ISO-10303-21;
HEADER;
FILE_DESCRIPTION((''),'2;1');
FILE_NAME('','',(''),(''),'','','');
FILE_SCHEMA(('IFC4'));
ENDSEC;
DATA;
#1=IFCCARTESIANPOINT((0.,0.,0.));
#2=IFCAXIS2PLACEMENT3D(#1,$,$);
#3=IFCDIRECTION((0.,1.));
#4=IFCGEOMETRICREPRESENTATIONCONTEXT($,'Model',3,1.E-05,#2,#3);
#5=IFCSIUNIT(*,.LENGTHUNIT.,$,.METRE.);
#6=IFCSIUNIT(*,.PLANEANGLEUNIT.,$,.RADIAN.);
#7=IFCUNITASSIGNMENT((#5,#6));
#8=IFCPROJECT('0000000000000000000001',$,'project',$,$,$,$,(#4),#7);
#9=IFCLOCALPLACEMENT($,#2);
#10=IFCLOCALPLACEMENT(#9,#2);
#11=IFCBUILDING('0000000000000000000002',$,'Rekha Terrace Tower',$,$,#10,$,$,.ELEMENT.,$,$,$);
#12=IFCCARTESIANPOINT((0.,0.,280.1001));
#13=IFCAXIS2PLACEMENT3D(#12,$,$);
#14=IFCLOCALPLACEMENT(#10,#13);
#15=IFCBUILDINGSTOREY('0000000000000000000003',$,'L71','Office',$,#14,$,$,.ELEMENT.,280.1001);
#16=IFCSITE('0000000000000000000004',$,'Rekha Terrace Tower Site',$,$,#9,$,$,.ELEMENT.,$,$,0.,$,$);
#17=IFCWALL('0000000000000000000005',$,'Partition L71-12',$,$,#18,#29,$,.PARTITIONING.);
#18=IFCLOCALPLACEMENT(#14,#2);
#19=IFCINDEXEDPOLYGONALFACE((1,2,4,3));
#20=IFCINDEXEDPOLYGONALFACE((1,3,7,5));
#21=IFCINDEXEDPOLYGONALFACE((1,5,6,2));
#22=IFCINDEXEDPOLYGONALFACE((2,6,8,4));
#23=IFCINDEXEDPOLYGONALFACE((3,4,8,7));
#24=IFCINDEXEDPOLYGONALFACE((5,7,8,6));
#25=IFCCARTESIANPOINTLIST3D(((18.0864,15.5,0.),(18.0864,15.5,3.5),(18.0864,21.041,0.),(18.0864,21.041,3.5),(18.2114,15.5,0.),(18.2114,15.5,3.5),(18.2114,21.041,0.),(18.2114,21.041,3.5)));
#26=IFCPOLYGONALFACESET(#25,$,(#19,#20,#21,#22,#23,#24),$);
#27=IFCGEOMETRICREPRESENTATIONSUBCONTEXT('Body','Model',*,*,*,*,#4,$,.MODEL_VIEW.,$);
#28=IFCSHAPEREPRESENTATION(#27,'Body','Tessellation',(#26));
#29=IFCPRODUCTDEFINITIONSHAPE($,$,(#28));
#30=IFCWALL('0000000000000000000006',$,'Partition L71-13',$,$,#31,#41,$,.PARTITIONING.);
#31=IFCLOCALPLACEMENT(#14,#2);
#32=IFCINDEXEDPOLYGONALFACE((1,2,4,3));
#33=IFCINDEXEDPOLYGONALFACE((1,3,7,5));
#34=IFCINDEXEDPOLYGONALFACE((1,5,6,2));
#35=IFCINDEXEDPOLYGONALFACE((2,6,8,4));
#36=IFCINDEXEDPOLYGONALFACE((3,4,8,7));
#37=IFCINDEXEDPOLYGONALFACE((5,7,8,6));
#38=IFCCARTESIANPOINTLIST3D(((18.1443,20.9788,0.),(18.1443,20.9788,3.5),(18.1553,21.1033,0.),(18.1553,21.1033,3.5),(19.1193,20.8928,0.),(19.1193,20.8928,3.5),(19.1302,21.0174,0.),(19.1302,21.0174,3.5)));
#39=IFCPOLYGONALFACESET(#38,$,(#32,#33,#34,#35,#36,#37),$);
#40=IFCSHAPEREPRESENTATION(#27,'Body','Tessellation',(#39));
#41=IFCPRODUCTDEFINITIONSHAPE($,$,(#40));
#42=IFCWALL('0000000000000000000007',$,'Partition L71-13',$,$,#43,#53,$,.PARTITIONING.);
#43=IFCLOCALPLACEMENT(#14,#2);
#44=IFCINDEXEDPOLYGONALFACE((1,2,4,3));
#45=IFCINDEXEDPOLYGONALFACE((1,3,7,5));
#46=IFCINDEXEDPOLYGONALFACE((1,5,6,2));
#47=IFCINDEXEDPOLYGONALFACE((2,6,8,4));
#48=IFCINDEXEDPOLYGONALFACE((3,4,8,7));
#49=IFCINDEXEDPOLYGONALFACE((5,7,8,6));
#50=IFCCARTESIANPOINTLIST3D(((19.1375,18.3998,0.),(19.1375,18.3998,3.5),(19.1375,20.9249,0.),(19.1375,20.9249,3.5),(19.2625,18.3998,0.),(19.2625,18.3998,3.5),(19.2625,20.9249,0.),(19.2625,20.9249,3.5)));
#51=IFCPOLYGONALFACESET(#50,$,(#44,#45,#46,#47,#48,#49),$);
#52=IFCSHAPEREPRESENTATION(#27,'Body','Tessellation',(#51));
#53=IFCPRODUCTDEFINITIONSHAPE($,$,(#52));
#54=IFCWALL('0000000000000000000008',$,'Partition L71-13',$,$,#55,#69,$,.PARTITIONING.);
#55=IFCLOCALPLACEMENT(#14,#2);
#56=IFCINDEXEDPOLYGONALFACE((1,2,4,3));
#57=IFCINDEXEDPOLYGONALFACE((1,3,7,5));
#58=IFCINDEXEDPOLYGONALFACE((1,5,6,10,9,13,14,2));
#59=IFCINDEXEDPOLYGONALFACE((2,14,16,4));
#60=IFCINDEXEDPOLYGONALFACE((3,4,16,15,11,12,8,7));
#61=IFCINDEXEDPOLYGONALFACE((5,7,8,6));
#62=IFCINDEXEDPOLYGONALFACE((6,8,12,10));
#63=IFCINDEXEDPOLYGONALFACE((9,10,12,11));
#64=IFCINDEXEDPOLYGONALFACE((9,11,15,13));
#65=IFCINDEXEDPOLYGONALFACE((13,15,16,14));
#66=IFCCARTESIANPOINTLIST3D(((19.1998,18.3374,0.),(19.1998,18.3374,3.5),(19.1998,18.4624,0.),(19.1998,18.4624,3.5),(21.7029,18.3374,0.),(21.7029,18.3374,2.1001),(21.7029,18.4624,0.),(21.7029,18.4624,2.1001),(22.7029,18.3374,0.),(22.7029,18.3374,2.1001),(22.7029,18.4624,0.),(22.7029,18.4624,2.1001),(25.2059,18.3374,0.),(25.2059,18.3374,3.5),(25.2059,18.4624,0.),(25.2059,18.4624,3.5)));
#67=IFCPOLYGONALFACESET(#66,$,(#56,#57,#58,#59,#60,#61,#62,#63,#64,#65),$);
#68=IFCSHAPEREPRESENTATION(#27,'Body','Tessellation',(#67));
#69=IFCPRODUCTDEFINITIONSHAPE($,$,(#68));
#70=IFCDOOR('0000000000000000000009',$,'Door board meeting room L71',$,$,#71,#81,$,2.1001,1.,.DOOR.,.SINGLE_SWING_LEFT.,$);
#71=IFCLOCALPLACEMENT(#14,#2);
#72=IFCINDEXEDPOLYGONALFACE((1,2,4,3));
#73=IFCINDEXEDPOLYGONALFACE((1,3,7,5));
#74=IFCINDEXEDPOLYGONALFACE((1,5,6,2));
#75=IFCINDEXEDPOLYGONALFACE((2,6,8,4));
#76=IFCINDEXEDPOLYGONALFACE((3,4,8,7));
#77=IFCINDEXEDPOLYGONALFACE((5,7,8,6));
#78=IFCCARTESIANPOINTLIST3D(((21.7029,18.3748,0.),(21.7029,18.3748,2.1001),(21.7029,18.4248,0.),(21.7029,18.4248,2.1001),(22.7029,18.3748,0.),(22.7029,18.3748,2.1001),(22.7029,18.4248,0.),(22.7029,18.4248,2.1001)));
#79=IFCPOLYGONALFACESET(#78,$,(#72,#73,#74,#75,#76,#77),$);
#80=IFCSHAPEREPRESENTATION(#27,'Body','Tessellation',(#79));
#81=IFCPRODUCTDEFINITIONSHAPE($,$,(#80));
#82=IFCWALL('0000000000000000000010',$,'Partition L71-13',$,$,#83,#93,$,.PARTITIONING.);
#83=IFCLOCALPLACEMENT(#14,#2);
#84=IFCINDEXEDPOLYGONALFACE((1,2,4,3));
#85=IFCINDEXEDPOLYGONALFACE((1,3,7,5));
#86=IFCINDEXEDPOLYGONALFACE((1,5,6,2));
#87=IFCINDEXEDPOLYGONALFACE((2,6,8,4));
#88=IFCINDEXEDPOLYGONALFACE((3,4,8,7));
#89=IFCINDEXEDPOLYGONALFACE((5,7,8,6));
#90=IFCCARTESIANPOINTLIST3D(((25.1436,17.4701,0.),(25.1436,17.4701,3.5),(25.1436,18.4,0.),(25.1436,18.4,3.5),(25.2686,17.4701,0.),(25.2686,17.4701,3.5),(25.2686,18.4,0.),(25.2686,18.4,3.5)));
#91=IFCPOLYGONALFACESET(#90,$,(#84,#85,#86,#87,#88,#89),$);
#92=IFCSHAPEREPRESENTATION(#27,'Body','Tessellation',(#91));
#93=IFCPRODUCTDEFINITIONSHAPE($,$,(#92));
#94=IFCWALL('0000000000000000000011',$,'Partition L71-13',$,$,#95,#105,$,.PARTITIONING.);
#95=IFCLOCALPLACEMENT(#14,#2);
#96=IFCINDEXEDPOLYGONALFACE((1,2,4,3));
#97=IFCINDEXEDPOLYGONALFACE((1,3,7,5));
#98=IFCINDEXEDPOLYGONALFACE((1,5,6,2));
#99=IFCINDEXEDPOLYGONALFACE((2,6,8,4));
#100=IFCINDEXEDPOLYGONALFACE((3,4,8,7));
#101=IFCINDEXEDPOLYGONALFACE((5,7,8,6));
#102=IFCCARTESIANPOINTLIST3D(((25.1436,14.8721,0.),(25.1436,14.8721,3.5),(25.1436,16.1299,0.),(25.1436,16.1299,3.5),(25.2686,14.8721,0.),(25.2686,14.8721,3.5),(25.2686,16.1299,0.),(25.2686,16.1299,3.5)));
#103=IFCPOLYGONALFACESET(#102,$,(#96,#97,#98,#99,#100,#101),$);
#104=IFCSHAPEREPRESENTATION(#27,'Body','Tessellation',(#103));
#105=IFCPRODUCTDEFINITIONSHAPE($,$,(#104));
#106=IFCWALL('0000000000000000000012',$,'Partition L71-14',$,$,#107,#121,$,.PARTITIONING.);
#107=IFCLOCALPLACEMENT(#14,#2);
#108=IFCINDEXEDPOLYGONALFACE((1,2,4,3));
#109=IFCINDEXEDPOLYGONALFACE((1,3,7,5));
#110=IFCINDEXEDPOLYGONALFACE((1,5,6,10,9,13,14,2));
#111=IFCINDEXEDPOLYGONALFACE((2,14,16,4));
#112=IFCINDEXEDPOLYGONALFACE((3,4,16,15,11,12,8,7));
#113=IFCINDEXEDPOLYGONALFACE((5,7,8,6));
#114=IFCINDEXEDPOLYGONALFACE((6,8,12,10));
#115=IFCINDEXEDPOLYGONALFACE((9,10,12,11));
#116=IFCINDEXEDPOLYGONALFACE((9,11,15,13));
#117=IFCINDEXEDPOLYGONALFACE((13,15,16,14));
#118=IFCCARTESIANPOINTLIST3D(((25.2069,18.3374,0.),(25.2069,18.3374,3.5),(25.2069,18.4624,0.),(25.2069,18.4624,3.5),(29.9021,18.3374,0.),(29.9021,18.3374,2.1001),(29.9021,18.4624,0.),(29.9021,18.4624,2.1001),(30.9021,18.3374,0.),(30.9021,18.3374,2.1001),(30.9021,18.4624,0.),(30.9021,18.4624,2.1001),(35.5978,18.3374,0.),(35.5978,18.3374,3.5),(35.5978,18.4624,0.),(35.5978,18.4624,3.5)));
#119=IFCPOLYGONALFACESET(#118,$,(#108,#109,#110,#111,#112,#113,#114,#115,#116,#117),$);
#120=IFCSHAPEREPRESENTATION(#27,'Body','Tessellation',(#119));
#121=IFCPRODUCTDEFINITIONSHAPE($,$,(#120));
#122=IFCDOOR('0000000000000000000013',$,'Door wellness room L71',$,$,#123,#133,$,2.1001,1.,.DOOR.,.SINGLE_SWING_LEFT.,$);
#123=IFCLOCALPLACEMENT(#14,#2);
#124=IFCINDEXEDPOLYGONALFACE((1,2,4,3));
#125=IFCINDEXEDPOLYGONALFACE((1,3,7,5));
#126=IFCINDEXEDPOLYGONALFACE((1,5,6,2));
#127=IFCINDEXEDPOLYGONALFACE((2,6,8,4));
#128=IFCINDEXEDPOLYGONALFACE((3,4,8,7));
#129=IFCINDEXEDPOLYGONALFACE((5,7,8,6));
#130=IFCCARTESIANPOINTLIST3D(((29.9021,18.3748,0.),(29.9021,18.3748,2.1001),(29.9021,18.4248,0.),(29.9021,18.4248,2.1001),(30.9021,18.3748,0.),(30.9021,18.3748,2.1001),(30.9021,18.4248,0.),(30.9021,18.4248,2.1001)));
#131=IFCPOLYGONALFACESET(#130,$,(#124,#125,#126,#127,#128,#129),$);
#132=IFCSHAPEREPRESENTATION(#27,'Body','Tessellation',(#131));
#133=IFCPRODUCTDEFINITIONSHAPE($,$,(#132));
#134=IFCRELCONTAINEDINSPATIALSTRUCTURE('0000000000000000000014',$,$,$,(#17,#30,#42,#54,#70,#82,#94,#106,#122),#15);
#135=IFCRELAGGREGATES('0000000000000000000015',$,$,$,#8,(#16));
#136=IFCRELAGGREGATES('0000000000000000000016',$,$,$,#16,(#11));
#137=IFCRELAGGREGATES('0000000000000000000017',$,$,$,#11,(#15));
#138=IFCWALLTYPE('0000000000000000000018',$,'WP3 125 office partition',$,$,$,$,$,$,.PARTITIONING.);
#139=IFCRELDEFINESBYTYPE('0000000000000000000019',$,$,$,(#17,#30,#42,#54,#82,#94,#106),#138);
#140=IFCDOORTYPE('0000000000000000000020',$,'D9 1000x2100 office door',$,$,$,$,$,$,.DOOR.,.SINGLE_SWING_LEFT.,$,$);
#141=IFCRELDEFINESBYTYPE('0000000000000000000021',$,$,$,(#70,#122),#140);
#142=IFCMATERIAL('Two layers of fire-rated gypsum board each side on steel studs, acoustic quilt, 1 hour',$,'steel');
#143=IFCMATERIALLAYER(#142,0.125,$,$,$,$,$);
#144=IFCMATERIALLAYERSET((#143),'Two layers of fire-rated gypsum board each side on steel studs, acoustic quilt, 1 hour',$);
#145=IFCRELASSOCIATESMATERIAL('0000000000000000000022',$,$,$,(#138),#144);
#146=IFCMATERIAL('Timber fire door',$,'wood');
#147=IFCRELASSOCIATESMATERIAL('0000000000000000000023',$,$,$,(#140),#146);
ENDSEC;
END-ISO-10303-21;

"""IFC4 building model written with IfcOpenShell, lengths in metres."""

from ifc_helpers import new_model, si_unit, direction, frame, frame_2d, origin, place, context, subcontext, project, spatial, rectangle, extrude, material, layer, layer_set, type_object, element, fill, save


model = new_model("IFC4")

# Units and contexts
model_context = context("Model", 3, precision=1e-05, world=origin(), true_north=direction((0.0, 1.0)))
body_context = subcontext(model_context, "Body", "Model", "MODEL_VIEW")
ifc_project = project(units=[si_unit("LENGTHUNIT", "METRE"), si_unit("PLANEANGLEUNIT", "RADIAN")], contexts=[model_context])

# Site, building, storey
site_placement = place(None, origin())
site = spatial("IfcSite", under=ifc_project, at=site_placement, Name="Rekha Terrace Tower Site", CompositionType="ELEMENT", RefElevation=0.0)
building_placement = place(site_placement, origin())
building = spatial("IfcBuilding", under=site, at=building_placement, Name="Rekha Terrace Tower", CompositionType="ELEMENT")
storey_placement = place(building_placement, frame((0.0, 0.0, 280.1001)))
storey = spatial("IfcBuildingStorey", under=building, at=storey_placement, Name="L71", Description="Office", CompositionType="ELEMENT", Elevation=280.1001)

# Walls
ifc_material_1 = material(Name="Two layers of fire-rated gypsum board each side on steel studs, acoustic quilt, 1 hour", Category="steel")
ifc_layer_1 = layer(ifc_material_1, 0.125)
ifc_layer_set_1 = layer_set([ifc_layer_1], Name="Two layers of fire-rated gypsum board each side on steel studs, acoustic quilt, 1 hour")
wall_type_1 = type_object("IfcWallType", Name="WP3 125 office partition", PredefinedType="PARTITIONING", material=ifc_layer_set_1)
wall_1_placement = place(storey_placement, frame((18.1489, 21.041, 0.0), z_axis=(0.0, 0.0, 1.0), x_axis=(0.0, -1.0, 0.0)))
element("IfcWall", 1, at=wall_1_placement, inside=storey, type_object=wall_type_1, Name="Partition L71-12", PredefinedType="PARTITIONING", context=body_context, shape_type="SweptSolid", body=[
    extrude(rectangle(XDim=5.541, YDim=0.125, at=frame_2d((2.7705, 0.0))), origin(), (0.0, 0.0, 1.0), 3.5),
])
wall_2_placement = place(storey_placement, frame((18.1499, 21.041, 0.0), z_axis=(0.0, 0.0, 1.0), x_axis=(0.996139, -0.087792, 0.0)))
element("IfcWall", 2, at=wall_2_placement, inside=storey, type_object=wall_type_1, Name="Partition L71-13", PredefinedType="PARTITIONING", context=body_context, shape_type="SweptSolid", body=[
    extrude(rectangle(XDim=0.9788, YDim=0.125, at=frame_2d((0.4893, 0.0))), origin(), (0.0, 0.0, 1.0), 3.5),
])
wall_3_placement = place(storey_placement, frame((19.2, 20.925, 0.0), z_axis=(0.0, 0.0, 1.0), x_axis=(0.0, -1.0, 0.0)))
element("IfcWall", 3, at=wall_3_placement, inside=storey, type_object=wall_type_1, Name="Partition L71-13", PredefinedType="PARTITIONING", context=body_context, shape_type="SweptSolid", body=[
    extrude(rectangle(XDim=2.5251, YDim=0.125, at=frame_2d((1.2627, 0.0))), origin(), (0.0, 0.0, 1.0), 3.5),
])

# Wall, opening, door
wall_4_placement = place(storey_placement, frame((19.2, 18.3999, 0.0), z_axis=(0.0, 0.0, 1.0), x_axis=(1.0, 0.0, 0.0)))
wall_4 = element("IfcWall", 4, at=wall_4_placement, inside=storey, type_object=wall_type_1, Name="Partition L71-13", PredefinedType="PARTITIONING", context=body_context, shape_type="SweptSolid", body=[
    extrude(rectangle(XDim=6.0061, YDim=0.125, at=frame_2d((3.0029, 0.0))), origin(), (0.0, 0.0, 1.0), 3.5),
])
opening_1_placement = place(wall_4_placement, frame((2.5029, 0.0, 0.0)))
opening_1 = element("IfcOpeningElement", 5, at=opening_1_placement, cuts=wall_4, PredefinedType="OPENING", context=body_context, shape_type="SweptSolid", body=[
    extrude(rectangle(XDim=1.0, YDim=2.1001, at=frame_2d((0.5, 1.05))), frame((0.0, 0.0725, 0.0), z_axis=(0.0, -1.0, 0.0), x_axis=(1.0, 0.0, 0.0)), (0.0, 0.0, 1.0), 0.145),
])
ifc_material_2 = material(Name="Timber fire door", Category="wood")
door_type_1 = type_object("IfcDoorType", Name="D9 1000x2100 office door", OperationType="SINGLE_SWING_LEFT", PredefinedType="DOOR", material=ifc_material_2)
door_1_placement = place(opening_1_placement, origin())
door_1 = element("IfcDoor", 6, at=door_1_placement, inside=storey, type_object=door_type_1, Name="Door board meeting room L71", OperationType="SINGLE_SWING_LEFT", OverallHeight=2.1001, OverallWidth=1.0, PredefinedType="DOOR", context=body_context, shape_type="SweptSolid", body=[
    extrude(rectangle(XDim=1.0, YDim=2.1001, at=frame_2d((0.5, 1.05))), frame((0.0, 0.0249, 0.0), z_axis=(0.0, -1.0, 0.0), x_axis=(1.0, 0.0, 0.0)), (0.0, 0.0, 1.0), 0.05),
])
fill(opening_1, door_1)

# Walls
wall_5_placement = place(storey_placement, frame((25.2061, 18.3999, 0.0), z_axis=(0.0, 0.0, 1.0), x_axis=(0.0, -1.0, 0.0)))
element("IfcWall", 7, at=wall_5_placement, inside=storey, type_object=wall_type_1, Name="Partition L71-13", PredefinedType="PARTITIONING", context=body_context, shape_type="SweptSolid", body=[
    extrude(rectangle(XDim=0.9299, YDim=0.125, at=frame_2d((0.4648, 0.0))), origin(), (0.0, 0.0, 1.0), 3.5),
])
wall_6_placement = place(storey_placement, frame((25.2061, 16.1299, 0.0), z_axis=(0.0, 0.0, 1.0), x_axis=(0.0, -1.0, 0.0)))
element("IfcWall", 8, at=wall_6_placement, inside=storey, type_object=wall_type_1, Name="Partition L71-13", PredefinedType="PARTITIONING", context=body_context, shape_type="SweptSolid", body=[
    extrude(rectangle(XDim=1.2578, YDim=0.125, at=frame_2d((0.6289, 0.0))), origin(), (0.0, 0.0, 1.0), 3.5),
])

# Wall, opening, door
wall_7_placement = place(storey_placement, frame((25.207, 18.3999, 0.0), z_axis=(0.0, 0.0, 1.0), x_axis=(1.0, 0.0, 0.0)))
wall_7 = element("IfcWall", 9, at=wall_7_placement, inside=storey, type_object=wall_type_1, Name="Partition L71-14", PredefinedType="PARTITIONING", context=body_context, shape_type="SweptSolid", body=[
    extrude(rectangle(XDim=10.3909, YDim=0.125, at=frame_2d((5.1953, 0.0))), origin(), (0.0, 0.0, 1.0), 3.5),
])
opening_2_placement = place(wall_7_placement, frame((4.6951, 0.0, 0.0)))
opening_2 = element("IfcOpeningElement", 10, at=opening_2_placement, cuts=wall_7, PredefinedType="OPENING", context=body_context, shape_type="SweptSolid", body=[
    extrude(rectangle(XDim=1.0, YDim=2.1001, at=frame_2d((0.5, 1.05))), frame((0.0, 0.0725, 0.0), z_axis=(0.0, -1.0, 0.0), x_axis=(1.0, 0.0, 0.0)), (0.0, 0.0, 1.0), 0.145),
])
door_2_placement = place(opening_2_placement, origin())
door_2 = element("IfcDoor", 11, at=door_2_placement, inside=storey, type_object=door_type_1, Name="Door wellness room L71", OperationType="SINGLE_SWING_LEFT", OverallHeight=2.1001, OverallWidth=1.0, PredefinedType="DOOR", context=body_context, shape_type="SweptSolid", body=[
    extrude(rectangle(XDim=1.0, YDim=2.1001, at=frame_2d((0.5, 1.05))), frame((0.0, 0.0249, 0.0), z_axis=(0.0, -1.0, 0.0), x_axis=(1.0, 0.0, 0.0)), (0.0, 0.0, 1.0), 0.05),
])
fill(opening_2, door_2)

save(model, "model.ifc")
